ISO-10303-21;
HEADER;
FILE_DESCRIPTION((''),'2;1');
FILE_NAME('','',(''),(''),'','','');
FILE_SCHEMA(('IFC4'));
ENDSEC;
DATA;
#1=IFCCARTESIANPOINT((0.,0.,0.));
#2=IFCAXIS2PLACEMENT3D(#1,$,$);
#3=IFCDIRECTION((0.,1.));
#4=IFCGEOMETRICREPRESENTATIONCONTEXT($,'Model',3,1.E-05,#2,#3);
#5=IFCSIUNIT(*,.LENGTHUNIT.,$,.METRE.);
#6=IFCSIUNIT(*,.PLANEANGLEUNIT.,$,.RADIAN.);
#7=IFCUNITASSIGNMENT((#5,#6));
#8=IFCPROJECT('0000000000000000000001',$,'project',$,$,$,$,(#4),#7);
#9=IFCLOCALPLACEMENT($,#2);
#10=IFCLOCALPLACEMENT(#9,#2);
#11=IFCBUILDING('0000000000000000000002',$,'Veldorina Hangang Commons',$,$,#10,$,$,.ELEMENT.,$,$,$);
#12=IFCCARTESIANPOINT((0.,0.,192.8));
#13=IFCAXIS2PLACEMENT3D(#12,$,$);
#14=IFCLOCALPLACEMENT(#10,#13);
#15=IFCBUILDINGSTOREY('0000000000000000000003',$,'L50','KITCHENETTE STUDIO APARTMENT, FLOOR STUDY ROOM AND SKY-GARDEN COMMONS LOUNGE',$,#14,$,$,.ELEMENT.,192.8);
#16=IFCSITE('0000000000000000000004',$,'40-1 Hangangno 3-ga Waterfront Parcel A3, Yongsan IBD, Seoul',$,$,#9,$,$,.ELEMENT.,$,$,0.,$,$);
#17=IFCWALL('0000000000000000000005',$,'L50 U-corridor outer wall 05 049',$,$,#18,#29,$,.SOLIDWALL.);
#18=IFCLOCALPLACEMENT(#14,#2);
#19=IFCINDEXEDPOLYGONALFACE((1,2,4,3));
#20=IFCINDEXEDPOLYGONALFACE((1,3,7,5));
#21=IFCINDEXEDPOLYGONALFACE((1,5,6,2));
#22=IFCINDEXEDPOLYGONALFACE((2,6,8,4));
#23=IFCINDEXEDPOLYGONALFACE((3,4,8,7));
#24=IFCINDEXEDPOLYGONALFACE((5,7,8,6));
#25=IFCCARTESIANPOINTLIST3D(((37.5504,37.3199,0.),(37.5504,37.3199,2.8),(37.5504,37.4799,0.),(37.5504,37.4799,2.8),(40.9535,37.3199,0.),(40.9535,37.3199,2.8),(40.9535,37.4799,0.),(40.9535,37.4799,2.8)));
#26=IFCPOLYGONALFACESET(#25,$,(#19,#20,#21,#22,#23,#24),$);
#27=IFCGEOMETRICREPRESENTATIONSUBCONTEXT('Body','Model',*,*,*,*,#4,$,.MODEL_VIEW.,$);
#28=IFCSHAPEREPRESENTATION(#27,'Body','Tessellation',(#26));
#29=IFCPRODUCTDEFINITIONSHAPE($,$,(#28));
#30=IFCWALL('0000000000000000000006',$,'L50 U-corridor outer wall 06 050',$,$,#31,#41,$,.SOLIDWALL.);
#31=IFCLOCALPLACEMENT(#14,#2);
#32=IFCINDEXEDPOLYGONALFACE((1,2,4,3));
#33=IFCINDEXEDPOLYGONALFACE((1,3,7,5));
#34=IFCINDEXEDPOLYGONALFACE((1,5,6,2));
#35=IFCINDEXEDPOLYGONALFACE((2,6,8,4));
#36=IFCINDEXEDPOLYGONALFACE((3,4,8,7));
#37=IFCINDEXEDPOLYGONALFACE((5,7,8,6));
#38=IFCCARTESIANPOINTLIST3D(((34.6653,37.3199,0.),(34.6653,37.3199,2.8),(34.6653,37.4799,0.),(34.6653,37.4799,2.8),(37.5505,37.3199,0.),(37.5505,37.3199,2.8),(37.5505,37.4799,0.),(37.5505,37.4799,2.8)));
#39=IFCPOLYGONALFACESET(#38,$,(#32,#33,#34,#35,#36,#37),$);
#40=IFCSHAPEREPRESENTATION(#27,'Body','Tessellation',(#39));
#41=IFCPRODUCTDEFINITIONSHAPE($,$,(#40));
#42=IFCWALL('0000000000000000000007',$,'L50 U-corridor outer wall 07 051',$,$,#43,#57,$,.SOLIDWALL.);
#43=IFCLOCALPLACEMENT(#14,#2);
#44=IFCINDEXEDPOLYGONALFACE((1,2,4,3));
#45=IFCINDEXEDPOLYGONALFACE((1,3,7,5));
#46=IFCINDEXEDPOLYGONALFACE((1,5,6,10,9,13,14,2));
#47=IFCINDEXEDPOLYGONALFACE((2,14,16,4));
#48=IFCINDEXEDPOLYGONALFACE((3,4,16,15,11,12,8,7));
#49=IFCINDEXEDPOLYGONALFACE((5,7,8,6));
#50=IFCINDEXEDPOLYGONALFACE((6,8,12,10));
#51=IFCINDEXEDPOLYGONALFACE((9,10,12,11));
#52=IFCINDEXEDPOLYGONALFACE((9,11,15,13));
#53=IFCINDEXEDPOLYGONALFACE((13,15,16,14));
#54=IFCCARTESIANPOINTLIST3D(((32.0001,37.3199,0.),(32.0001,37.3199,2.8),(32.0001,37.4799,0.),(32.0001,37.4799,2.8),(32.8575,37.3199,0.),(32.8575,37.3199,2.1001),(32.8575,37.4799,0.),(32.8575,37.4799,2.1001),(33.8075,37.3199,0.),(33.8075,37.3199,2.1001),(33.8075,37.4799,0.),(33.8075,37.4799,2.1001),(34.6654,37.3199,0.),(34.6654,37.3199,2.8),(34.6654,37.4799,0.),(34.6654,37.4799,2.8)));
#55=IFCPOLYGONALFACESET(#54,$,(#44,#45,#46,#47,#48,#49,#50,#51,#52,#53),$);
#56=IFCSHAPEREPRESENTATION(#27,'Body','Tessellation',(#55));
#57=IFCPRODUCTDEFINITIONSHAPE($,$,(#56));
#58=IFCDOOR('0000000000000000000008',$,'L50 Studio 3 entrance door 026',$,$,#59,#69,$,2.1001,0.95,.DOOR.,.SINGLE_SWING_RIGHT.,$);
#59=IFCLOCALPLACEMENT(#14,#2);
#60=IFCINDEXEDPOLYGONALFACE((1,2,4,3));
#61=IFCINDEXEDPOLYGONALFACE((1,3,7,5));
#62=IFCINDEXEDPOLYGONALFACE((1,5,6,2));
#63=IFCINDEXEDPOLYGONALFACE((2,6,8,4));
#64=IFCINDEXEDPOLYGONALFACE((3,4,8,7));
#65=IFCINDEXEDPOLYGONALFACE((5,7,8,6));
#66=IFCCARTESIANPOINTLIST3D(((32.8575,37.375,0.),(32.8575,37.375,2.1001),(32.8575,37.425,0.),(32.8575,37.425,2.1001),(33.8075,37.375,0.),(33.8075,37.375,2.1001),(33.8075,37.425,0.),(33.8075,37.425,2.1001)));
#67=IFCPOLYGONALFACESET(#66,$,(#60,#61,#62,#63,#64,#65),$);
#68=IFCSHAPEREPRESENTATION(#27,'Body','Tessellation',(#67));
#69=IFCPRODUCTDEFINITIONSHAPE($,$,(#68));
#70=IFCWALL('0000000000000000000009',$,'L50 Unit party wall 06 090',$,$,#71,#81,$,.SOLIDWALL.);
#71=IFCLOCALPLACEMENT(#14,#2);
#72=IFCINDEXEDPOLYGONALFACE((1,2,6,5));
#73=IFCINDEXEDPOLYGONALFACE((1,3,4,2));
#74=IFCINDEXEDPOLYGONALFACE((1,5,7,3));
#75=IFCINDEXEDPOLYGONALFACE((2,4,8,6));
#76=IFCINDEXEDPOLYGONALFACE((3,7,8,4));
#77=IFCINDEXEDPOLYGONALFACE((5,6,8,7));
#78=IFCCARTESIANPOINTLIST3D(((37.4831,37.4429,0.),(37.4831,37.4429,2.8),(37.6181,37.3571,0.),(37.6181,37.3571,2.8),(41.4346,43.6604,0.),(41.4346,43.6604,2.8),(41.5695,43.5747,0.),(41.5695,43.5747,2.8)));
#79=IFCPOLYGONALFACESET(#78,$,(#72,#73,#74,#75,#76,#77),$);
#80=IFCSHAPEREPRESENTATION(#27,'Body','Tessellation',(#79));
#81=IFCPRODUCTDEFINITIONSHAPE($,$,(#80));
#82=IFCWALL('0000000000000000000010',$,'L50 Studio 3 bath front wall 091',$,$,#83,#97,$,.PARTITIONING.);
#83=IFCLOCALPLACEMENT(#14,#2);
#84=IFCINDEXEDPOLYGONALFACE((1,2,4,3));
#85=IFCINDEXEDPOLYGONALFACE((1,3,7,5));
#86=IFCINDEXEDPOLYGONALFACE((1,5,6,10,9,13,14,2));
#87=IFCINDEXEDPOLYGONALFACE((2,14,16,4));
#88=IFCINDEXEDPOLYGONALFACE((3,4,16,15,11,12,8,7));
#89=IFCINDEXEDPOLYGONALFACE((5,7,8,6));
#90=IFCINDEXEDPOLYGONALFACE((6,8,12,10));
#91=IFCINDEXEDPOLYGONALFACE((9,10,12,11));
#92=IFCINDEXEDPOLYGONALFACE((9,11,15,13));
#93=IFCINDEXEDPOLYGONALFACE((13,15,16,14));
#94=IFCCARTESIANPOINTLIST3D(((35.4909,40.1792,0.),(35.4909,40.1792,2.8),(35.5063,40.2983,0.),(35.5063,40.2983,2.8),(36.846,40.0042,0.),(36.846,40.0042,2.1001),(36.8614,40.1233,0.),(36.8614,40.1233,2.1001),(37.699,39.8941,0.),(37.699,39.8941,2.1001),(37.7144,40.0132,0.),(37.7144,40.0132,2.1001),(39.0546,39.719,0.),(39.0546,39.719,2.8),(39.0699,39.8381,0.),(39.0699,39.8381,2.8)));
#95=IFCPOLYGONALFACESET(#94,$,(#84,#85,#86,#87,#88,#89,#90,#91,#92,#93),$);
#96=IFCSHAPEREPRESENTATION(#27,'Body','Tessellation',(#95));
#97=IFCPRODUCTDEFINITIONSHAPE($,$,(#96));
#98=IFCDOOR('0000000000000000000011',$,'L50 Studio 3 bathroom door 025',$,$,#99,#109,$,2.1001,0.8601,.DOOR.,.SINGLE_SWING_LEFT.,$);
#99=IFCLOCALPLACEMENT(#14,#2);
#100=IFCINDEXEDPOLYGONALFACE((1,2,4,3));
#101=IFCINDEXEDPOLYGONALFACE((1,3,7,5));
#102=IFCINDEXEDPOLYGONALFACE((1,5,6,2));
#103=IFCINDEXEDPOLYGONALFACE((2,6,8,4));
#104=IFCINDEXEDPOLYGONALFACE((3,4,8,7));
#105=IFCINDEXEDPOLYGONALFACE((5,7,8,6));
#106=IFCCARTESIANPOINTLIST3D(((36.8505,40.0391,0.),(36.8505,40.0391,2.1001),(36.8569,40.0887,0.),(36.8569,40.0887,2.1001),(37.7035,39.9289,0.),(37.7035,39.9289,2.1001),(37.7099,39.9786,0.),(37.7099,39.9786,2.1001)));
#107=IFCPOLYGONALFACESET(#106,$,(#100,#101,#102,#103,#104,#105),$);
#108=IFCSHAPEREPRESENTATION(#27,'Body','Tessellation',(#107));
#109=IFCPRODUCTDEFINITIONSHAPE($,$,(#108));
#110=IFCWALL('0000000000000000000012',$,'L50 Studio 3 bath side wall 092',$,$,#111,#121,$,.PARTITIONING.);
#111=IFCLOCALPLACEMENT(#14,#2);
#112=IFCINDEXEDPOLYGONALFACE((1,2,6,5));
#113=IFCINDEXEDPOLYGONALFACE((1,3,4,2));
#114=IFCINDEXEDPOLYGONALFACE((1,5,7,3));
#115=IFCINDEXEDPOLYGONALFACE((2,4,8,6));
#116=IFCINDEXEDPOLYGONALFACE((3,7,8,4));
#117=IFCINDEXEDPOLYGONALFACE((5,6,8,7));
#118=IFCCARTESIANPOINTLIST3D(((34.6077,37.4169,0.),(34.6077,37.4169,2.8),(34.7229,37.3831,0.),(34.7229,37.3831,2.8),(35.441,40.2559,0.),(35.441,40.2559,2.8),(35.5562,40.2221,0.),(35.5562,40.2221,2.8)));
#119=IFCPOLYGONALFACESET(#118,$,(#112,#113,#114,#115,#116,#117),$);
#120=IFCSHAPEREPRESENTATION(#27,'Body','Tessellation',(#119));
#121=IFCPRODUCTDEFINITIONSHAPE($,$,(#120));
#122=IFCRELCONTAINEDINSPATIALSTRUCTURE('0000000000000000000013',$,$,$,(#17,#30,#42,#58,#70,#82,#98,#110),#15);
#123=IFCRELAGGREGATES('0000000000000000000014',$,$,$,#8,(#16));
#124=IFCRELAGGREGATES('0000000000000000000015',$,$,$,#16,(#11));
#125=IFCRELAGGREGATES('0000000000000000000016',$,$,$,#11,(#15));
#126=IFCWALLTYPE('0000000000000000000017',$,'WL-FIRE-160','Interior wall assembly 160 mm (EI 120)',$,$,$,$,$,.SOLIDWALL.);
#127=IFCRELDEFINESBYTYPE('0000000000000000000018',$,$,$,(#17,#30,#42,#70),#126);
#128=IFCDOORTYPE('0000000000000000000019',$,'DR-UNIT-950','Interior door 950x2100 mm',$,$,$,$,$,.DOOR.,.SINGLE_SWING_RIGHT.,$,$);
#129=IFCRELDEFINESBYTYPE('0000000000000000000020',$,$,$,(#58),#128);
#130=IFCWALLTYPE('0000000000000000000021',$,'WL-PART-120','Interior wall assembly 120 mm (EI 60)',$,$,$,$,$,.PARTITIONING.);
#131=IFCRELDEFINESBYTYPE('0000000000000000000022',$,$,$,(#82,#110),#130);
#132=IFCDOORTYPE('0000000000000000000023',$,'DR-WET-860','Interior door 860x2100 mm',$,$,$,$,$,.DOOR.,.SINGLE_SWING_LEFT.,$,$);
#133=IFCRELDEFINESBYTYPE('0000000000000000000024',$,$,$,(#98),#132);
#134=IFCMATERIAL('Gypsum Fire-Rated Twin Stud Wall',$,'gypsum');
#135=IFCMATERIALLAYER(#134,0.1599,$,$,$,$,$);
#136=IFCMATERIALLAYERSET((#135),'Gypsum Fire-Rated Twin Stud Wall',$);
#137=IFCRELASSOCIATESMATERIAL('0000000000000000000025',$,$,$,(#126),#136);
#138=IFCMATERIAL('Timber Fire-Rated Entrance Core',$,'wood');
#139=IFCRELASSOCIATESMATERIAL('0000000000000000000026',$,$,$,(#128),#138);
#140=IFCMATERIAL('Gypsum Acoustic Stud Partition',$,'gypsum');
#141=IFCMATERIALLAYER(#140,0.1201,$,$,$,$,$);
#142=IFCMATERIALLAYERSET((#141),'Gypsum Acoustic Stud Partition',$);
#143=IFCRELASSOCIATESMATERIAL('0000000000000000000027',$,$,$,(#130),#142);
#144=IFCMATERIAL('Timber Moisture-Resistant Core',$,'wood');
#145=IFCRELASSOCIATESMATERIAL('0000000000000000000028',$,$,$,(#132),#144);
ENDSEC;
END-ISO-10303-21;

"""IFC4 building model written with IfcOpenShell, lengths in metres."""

from ifc_helpers import new_model, si_unit, direction, frame, frame_2d, origin, place, context, subcontext, project, spatial, rectangle, extrude, material, layer, layer_set, type_object, element, fill, save


model = new_model("IFC4")

# Units and contexts
model_context = context("Model", 3, precision=1e-05, world=origin(), true_north=direction((0.0, 1.0)))
body_context = subcontext(model_context, "Body", "Model", "MODEL_VIEW")
ifc_project = project(units=[si_unit("LENGTHUNIT", "METRE"), si_unit("PLANEANGLEUNIT", "RADIAN")], contexts=[model_context])

# Site, building, storey
site_placement = place(None, origin())
site = spatial("IfcSite", under=ifc_project, at=site_placement, Name="40-1 Hangangno 3-ga Waterfront Parcel A3, Yongsan IBD, Seoul", CompositionType="ELEMENT", RefElevation=0.0)
building_placement = place(site_placement, origin())
building = spatial("IfcBuilding", under=site, at=building_placement, Name="Veldorina Hangang Commons", CompositionType="ELEMENT")
storey_placement = place(building_placement, frame((0.0, 0.0, 192.8)))
storey = spatial("IfcBuildingStorey", under=building, at=storey_placement, Name="L50", Description="KITCHENETTE STUDIO APARTMENT, FLOOR STUDY ROOM AND SKY-GARDEN COMMONS LOUNGE", CompositionType="ELEMENT", Elevation=192.8)

# Walls
ifc_material_1 = material(Name="Gypsum Fire-Rated Twin Stud Wall", Category="gypsum")
ifc_layer_1 = layer(ifc_material_1, 0.1599)
ifc_layer_set_1 = layer_set([ifc_layer_1], Name="Gypsum Fire-Rated Twin Stud Wall")
wall_type_1 = type_object("IfcWallType", Name="WL-FIRE-160", Description="Interior wall assembly 160 mm (EI 120)", PredefinedType="SOLIDWALL", material=ifc_layer_set_1)
wall_1_placement = place(storey_placement, frame((40.9536, 37.3999, 0.0), z_axis=(0.0, 0.0, 1.0), x_axis=(-1.0, 0.0, 0.0)))
element("IfcWall", 1, at=wall_1_placement, inside=storey, type_object=wall_type_1, Name="L50 U-corridor outer wall 05 049", PredefinedType="SOLIDWALL", context=body_context, shape_type="SweptSolid", body=[
    extrude(rectangle(XDim=3.4031, YDim=0.1599, at=frame_2d((1.7017, 0.0))), origin(), (0.0, 0.0, 1.0), 2.8),
])
wall_2_placement = place(storey_placement, frame((37.5505, 37.3999, 0.0), z_axis=(0.0, 0.0, 1.0), x_axis=(-1.0, 0.0, 0.0)))
element("IfcWall", 2, at=wall_2_placement, inside=storey, type_object=wall_type_1, Name="L50 U-corridor outer wall 06 050", PredefinedType="SOLIDWALL", context=body_context, shape_type="SweptSolid", body=[
    extrude(rectangle(XDim=2.8853, YDim=0.1599, at=frame_2d((1.4426, 0.0))), origin(), (0.0, 0.0, 1.0), 2.8),
])

# Wall, opening, door
wall_3_placement = place(storey_placement, frame((34.6653, 37.3999, 0.0), z_axis=(0.0, 0.0, 1.0), x_axis=(-1.0, 0.0, 0.0)))
wall_3 = element("IfcWall", 3, at=wall_3_placement, inside=storey, type_object=wall_type_1, Name="L50 U-corridor outer wall 07 051", PredefinedType="SOLIDWALL", context=body_context, shape_type="SweptSolid", body=[
    extrude(rectangle(XDim=2.6653, YDim=0.1599, at=frame_2d((1.3325, 0.0))), origin(), (0.0, 0.0, 1.0), 2.8),
])
opening_1_placement = place(wall_3_placement, frame((0.8577, 0.0, 0.0)))
opening_1 = element("IfcOpeningElement", 4, at=opening_1_placement, cuts=wall_3, PredefinedType="OPENING", context=body_context, shape_type="SweptSolid", body=[
    extrude(rectangle(XDim=0.95, YDim=2.1001, at=frame_2d((0.4751, 1.05))), frame((0.0, 0.0898, 0.0), z_axis=(0.0, -1.0, 0.0), x_axis=(1.0, 0.0, 0.0)), (0.0, 0.0, 1.0), 0.1799),
])
ifc_material_2 = material(Name="Timber Fire-Rated Entrance Core", Category="wood")
door_type_1 = type_object("IfcDoorType", Name="DR-UNIT-950", Description="Interior door 950x2100 mm", OperationType="SINGLE_SWING_RIGHT", PredefinedType="DOOR", material=ifc_material_2)
door_1_placement = place(opening_1_placement, origin())
door_1 = element("IfcDoor", 5, at=door_1_placement, inside=storey, type_object=door_type_1, Name="L50 Studio 3 entrance door 026", OperationType="SINGLE_SWING_RIGHT", OverallHeight=2.1001, OverallWidth=0.95, PredefinedType="DOOR", context=body_context, shape_type="SweptSolid", body=[
    extrude(rectangle(XDim=0.95, YDim=2.1001, at=frame_2d((0.4751, 1.05))), frame((0.0, 0.0249, 0.0), z_axis=(0.0, -1.0, 0.0), x_axis=(1.0, 0.0, 0.0)), (0.0, 0.0, 1.0), 0.05),
])
fill(opening_1, door_1)

# Wall
wall_4_placement = place(storey_placement, frame((37.5505, 37.3999, 0.0), z_axis=(0.0, 0.0, 1.0), x_axis=(0.536374, 0.843981, 0.0)))
element("IfcWall", 6, at=wall_4_placement, inside=storey, type_object=wall_type_1, Name="L50 Unit party wall 06 090", PredefinedType="SOLIDWALL", context=body_context, shape_type="SweptSolid", body=[
    extrude(rectangle(XDim=7.3669, YDim=0.1599, at=frame_2d((3.6836, 0.0))), origin(), (0.0, 0.0, 1.0), 2.8),
])

# Wall, opening, door
ifc_material_3 = material(Name="Gypsum Acoustic Stud Partition", Category="gypsum")
ifc_layer_2 = layer(ifc_material_3, 0.1201)
ifc_layer_set_2 = layer_set([ifc_layer_2], Name="Gypsum Acoustic Stud Partition")
wall_type_2 = type_object("IfcWallType", Name="WL-PART-120", Description="Interior wall assembly 120 mm (EI 60)", PredefinedType="PARTITIONING", material=ifc_layer_set_2)
wall_5_placement = place(storey_placement, frame((39.0623, 39.7786, 0.0), z_axis=(0.0, 0.0, 1.0), x_axis=(-0.991765, 0.128073, 0.0)))
wall_5 = element("IfcWall", 7, at=wall_5_placement, inside=storey, type_object=wall_type_2, Name="L50 Studio 3 bath front wall 091", PredefinedType="PARTITIONING", context=body_context, shape_type="SweptSolid", body=[
    extrude(rectangle(XDim=3.5933, YDim=0.1201, at=frame_2d((1.7966, 0.0))), origin(), (0.0, 0.0, 1.0), 2.8),
])
opening_2_placement = place(wall_5_placement, frame((1.3667, 0.0, 0.0)))
opening_2 = element("IfcOpeningElement", 8, at=opening_2_placement, cuts=wall_5, PredefinedType="OPENING", context=body_context, shape_type="SweptSolid", body=[
    extrude(rectangle(XDim=0.8601, YDim=2.1001, at=frame_2d((0.4302, 1.05))), frame((0.0, 0.0701, 0.0), z_axis=(0.0, -1.0, 0.0), x_axis=(1.0, 0.0, 0.0)), (0.0, 0.0, 1.0), 0.1401),
])
ifc_material_4 = material(Name="Timber Moisture-Resistant Core", Category="wood")
door_type_2 = type_object("IfcDoorType", Name="DR-WET-860", Description="Interior door 860x2100 mm", OperationType="SINGLE_SWING_LEFT", PredefinedType="DOOR", material=ifc_material_4)
door_2_placement = place(opening_2_placement, origin())
door_2 = element("IfcDoor", 9, at=door_2_placement, inside=storey, type_object=door_type_2, Name="L50 Studio 3 bathroom door 025", OperationType="SINGLE_SWING_LEFT", OverallHeight=2.1001, OverallWidth=0.8601, PredefinedType="DOOR", context=body_context, shape_type="SweptSolid", body=[
    extrude(rectangle(XDim=0.8601, YDim=2.1001, at=frame_2d((0.4302, 1.05))), frame((0.0, 0.0249, 0.0), z_axis=(0.0, -1.0, 0.0), x_axis=(1.0, 0.0, 0.0)), (0.0, 0.0, 1.0), 0.05),
])
fill(opening_2, door_2)

# Wall
wall_6_placement = place(storey_placement, frame((34.6653, 37.3999, 0.0), z_axis=(0.0, 0.0, 1.0), x_axis=(0.281635, 0.959522, 0.0)))
element("IfcWall", 10, at=wall_6_placement, inside=storey, type_object=wall_type_2, Name="L50 Studio 3 bath side wall 092", PredefinedType="PARTITIONING", context=body_context, shape_type="SweptSolid", body=[
    extrude(rectangle(XDim=2.9587, YDim=0.1201, at=frame_2d((1.4795, 0.0))), origin(), (0.0, 0.0, 1.0), 2.8),
])

save(model, "model.ifc")
